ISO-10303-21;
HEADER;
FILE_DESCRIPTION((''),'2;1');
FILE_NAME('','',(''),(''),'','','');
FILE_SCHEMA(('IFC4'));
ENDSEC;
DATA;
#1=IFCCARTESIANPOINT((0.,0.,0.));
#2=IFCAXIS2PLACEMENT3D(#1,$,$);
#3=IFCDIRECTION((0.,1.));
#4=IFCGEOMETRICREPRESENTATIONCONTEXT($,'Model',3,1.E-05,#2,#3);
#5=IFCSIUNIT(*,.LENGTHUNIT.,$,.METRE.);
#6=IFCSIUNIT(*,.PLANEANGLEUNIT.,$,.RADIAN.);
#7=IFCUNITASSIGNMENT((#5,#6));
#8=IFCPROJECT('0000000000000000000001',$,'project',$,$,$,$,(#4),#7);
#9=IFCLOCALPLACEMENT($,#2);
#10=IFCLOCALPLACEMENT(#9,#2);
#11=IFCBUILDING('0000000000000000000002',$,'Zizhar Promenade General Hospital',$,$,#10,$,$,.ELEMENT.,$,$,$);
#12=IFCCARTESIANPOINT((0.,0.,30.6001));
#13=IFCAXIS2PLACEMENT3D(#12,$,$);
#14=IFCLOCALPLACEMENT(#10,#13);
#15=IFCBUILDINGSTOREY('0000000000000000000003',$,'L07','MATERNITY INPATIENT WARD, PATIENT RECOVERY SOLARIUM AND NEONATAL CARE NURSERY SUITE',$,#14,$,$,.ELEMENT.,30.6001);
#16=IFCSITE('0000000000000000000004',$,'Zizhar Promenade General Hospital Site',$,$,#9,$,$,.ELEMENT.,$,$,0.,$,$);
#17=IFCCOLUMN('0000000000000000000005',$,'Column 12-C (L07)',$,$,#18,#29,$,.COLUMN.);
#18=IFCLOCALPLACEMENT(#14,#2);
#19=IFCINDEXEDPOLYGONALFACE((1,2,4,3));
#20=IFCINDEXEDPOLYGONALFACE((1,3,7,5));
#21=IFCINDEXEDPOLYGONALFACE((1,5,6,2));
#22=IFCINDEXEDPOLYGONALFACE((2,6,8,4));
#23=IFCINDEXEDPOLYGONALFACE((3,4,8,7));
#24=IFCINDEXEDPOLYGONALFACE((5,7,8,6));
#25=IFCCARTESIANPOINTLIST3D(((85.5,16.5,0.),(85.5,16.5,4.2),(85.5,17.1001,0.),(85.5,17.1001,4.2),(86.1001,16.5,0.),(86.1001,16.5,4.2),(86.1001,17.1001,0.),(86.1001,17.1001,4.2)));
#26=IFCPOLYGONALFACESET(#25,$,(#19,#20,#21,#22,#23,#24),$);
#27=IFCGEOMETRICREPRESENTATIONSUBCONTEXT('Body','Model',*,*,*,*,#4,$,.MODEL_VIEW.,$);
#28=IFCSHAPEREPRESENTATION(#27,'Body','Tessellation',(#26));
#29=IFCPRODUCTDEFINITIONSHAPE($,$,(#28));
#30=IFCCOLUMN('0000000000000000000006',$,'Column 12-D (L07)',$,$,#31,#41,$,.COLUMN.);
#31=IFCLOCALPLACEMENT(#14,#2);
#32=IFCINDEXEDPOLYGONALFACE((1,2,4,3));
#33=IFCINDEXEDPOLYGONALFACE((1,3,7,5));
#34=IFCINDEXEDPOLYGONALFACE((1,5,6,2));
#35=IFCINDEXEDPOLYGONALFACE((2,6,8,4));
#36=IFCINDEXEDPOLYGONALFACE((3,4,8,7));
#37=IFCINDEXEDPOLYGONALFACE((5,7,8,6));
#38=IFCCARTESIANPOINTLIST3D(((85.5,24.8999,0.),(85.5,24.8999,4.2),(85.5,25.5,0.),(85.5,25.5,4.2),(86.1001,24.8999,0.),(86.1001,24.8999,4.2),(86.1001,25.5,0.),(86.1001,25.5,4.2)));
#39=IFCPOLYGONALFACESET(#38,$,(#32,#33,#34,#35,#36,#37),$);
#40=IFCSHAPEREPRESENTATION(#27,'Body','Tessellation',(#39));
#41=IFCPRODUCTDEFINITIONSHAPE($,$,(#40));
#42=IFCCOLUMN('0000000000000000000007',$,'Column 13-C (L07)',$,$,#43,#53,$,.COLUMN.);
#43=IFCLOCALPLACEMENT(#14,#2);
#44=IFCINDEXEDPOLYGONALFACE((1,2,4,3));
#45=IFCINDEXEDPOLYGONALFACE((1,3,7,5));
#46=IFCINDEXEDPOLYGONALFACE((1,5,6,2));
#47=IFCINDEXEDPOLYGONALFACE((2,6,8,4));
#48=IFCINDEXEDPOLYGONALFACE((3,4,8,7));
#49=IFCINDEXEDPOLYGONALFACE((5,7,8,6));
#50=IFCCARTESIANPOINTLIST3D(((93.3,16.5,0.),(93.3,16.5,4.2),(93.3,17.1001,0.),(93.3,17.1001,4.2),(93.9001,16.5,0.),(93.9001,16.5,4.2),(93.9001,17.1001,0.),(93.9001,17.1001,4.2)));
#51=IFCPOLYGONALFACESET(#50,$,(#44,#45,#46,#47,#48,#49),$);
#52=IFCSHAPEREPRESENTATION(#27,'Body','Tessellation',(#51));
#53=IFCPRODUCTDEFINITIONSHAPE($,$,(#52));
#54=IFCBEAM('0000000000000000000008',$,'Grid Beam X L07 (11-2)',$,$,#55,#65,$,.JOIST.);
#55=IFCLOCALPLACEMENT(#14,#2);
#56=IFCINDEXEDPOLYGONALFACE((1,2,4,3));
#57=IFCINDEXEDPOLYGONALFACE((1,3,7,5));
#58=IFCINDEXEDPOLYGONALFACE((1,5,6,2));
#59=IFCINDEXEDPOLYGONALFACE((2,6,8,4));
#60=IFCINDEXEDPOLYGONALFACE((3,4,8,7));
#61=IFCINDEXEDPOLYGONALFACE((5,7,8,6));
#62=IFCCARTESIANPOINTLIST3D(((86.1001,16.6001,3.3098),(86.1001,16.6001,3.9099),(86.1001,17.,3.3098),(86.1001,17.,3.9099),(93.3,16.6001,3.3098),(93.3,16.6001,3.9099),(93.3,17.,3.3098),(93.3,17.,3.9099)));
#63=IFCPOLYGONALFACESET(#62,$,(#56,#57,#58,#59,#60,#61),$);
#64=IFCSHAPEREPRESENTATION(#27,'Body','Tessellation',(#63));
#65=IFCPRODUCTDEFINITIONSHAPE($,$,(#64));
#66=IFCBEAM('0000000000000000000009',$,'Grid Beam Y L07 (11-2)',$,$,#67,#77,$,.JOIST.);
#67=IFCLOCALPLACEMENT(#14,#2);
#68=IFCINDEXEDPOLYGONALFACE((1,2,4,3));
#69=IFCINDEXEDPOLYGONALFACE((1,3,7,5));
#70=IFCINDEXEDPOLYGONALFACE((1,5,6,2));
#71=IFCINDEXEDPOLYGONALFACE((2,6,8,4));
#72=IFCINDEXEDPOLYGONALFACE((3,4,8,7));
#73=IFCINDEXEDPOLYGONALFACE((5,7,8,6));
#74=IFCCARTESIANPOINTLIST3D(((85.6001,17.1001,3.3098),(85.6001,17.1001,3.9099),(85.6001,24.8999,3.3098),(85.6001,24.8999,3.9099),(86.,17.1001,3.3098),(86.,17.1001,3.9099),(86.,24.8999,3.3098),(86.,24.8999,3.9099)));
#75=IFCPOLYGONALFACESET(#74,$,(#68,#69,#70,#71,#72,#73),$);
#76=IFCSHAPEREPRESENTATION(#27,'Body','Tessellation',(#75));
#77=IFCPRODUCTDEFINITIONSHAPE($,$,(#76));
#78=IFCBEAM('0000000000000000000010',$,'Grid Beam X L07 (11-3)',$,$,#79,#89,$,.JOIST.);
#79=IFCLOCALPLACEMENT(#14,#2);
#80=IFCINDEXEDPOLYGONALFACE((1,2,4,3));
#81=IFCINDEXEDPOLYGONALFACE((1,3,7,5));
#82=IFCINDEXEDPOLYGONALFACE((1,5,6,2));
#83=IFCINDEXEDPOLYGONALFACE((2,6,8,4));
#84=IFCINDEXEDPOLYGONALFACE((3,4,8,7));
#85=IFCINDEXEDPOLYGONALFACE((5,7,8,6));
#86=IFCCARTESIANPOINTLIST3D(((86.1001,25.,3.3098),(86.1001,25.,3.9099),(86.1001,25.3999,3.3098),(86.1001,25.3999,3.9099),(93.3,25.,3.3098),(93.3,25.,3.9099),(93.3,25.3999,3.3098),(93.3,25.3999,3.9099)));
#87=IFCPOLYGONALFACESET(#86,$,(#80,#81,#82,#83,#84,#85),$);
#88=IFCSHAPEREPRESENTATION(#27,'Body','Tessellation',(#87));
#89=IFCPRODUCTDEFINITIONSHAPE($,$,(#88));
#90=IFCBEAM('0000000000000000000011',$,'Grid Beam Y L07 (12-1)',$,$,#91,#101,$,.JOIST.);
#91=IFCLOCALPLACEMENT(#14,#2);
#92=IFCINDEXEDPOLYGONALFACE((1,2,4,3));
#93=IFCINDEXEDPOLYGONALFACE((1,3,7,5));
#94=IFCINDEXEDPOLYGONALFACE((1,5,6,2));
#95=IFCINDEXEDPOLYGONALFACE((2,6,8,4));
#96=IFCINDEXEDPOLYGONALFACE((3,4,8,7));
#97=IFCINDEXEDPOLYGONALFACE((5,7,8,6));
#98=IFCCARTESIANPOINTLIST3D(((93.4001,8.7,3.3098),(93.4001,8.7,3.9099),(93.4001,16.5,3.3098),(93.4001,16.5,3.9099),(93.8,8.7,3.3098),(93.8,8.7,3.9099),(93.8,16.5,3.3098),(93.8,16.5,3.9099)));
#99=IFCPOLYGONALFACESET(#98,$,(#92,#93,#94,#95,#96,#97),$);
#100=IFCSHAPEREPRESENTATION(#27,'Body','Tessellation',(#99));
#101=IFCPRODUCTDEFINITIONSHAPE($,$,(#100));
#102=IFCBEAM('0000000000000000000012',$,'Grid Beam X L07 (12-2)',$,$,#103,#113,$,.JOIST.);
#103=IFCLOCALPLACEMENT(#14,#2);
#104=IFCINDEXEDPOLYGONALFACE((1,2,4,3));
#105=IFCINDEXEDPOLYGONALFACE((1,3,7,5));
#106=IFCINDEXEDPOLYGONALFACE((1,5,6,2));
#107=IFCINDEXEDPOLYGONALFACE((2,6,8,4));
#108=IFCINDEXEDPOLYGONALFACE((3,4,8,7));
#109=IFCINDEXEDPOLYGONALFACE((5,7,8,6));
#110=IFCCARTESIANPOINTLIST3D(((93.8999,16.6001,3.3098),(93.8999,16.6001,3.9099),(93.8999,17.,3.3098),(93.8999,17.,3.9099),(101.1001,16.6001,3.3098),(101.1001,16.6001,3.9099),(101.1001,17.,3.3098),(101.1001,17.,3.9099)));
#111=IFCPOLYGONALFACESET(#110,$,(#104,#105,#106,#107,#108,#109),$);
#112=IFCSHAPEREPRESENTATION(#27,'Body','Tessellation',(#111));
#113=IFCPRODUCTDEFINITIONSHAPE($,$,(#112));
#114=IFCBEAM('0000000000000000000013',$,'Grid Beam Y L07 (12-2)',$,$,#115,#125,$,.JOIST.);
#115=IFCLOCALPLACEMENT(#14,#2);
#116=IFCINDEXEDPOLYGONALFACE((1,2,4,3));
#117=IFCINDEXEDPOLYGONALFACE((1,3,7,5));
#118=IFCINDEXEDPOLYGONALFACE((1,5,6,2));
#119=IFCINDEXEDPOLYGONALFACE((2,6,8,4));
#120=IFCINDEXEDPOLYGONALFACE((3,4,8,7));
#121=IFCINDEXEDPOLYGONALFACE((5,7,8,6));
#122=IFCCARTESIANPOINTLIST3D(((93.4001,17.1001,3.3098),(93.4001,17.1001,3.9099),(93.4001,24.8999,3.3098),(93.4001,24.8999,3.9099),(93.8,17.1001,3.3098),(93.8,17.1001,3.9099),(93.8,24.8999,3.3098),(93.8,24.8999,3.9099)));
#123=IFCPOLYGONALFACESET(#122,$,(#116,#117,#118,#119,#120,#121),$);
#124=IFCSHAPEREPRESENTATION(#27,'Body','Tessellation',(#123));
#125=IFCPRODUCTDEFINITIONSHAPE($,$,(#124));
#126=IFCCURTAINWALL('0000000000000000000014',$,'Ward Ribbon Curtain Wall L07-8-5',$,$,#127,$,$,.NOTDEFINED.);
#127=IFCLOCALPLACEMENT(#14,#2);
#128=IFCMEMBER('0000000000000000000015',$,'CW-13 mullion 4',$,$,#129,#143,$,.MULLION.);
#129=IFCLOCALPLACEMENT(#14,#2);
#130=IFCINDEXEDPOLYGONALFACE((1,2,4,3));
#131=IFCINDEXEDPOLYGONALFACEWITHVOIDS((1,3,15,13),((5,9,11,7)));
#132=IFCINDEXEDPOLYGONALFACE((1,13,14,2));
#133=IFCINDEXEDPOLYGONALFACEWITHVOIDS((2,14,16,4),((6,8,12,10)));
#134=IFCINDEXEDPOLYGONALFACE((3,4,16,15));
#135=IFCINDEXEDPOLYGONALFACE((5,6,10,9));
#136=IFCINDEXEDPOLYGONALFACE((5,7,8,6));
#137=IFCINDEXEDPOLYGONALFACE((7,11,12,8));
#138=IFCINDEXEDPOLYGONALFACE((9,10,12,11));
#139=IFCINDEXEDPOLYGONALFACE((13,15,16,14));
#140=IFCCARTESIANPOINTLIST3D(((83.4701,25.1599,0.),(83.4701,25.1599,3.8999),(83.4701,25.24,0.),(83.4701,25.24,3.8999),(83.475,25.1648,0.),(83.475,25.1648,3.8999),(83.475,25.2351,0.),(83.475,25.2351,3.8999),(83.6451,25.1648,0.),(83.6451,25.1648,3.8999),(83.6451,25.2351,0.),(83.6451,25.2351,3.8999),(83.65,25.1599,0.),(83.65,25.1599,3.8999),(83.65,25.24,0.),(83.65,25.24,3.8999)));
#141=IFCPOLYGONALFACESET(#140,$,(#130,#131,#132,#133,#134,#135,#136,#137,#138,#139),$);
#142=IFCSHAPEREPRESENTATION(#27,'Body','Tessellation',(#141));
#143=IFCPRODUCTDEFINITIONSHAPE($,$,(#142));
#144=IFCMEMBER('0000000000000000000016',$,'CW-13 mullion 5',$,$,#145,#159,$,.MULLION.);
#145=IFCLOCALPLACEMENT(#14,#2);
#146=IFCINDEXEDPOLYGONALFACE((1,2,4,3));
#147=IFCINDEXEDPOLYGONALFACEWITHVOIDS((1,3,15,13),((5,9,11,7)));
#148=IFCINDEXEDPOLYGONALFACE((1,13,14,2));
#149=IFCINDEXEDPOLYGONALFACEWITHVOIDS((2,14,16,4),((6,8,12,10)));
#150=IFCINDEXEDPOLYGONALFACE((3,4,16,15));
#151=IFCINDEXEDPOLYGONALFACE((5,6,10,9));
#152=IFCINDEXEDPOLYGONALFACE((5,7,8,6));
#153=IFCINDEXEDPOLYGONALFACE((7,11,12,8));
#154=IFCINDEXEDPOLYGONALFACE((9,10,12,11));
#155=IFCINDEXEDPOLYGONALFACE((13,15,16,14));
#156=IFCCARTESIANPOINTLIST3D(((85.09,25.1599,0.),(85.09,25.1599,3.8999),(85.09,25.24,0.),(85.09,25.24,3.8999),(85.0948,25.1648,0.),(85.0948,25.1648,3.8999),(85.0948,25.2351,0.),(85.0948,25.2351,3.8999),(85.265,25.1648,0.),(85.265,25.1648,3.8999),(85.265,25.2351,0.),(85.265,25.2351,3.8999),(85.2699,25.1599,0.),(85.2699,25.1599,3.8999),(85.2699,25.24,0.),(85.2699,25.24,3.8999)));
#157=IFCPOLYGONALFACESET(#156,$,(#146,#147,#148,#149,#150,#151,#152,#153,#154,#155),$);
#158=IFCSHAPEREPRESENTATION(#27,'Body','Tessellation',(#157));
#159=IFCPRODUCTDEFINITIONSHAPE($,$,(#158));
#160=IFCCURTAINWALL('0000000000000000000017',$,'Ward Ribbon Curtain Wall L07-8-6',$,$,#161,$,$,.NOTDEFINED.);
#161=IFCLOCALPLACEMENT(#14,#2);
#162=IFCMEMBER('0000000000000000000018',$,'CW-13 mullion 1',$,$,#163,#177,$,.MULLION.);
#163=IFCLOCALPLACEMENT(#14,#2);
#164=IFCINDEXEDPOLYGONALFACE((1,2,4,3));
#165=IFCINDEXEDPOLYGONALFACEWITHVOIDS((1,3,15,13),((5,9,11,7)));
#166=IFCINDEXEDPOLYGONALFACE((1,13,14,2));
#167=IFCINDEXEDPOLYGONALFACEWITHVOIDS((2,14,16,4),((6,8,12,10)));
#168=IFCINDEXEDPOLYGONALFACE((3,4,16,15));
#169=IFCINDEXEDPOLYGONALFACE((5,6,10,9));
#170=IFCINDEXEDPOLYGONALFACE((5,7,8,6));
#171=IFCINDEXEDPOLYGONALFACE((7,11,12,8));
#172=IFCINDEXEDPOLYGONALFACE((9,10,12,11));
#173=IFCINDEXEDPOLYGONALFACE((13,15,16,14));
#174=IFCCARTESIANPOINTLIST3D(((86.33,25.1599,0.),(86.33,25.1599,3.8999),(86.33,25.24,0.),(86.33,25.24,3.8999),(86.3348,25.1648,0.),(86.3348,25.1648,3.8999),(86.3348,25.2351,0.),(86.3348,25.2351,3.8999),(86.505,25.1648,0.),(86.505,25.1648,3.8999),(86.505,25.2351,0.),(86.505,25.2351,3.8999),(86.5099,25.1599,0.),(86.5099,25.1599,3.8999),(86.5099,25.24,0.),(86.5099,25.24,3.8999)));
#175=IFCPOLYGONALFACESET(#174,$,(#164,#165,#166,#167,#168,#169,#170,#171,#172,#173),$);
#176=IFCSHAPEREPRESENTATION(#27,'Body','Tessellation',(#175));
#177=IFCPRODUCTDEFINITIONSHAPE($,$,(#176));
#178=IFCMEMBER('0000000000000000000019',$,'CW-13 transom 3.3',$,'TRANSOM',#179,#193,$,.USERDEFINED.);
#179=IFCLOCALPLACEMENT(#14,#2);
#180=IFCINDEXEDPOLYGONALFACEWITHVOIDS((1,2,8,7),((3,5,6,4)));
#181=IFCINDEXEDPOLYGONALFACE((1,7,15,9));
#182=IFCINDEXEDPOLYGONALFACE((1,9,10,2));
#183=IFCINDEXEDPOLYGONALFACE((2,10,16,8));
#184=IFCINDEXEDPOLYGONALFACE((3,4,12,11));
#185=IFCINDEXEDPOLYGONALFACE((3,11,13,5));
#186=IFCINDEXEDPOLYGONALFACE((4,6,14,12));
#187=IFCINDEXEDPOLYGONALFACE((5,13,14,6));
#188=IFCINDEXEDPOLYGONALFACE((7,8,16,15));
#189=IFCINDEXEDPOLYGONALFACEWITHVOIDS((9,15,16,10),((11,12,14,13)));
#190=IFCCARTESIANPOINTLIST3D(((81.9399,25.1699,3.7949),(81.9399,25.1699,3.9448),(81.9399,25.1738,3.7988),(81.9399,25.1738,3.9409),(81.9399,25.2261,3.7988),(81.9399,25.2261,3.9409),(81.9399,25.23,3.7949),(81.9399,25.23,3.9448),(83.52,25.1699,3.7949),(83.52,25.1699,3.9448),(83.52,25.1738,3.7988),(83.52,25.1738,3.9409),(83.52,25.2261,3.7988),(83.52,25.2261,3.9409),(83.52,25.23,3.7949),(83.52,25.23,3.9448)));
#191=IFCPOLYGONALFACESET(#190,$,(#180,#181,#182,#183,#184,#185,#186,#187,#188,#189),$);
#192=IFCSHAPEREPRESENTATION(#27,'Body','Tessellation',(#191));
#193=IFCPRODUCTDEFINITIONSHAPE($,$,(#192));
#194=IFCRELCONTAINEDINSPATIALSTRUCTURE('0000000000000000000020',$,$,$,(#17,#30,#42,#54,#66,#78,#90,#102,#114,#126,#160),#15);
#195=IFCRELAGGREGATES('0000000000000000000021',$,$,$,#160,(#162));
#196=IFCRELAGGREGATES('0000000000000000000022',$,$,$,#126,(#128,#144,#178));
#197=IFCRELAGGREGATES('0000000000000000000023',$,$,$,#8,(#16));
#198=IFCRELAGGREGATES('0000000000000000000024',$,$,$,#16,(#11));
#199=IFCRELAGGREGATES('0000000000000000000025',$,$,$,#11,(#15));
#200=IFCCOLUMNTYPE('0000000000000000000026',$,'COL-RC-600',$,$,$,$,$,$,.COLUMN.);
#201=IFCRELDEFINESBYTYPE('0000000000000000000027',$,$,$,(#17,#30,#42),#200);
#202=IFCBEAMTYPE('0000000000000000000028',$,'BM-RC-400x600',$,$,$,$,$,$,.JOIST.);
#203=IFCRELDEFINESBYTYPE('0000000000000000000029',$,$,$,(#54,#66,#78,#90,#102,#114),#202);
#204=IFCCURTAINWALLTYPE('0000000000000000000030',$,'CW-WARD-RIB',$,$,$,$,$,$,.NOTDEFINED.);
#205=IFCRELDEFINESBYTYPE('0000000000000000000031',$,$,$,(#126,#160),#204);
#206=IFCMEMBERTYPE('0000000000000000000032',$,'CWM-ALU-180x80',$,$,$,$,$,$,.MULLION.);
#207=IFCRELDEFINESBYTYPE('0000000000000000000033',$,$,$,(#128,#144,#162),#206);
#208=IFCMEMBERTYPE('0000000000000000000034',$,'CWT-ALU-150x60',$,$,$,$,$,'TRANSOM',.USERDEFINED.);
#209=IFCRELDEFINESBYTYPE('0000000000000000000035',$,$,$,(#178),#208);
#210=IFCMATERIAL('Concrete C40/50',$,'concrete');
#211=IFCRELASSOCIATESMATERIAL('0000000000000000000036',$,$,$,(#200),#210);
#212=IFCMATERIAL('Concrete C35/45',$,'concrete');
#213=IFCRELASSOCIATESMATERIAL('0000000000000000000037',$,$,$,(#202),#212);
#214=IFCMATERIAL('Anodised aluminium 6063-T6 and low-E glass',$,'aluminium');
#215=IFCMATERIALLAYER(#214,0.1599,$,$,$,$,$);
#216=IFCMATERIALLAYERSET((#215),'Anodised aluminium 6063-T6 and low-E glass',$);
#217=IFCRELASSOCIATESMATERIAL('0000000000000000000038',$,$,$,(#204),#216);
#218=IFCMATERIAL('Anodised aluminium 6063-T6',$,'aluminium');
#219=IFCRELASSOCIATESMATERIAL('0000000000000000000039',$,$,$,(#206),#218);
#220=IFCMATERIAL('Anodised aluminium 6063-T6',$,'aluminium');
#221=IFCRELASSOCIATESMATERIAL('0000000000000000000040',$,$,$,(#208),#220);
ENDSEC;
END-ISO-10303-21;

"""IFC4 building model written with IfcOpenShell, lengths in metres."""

from ifc_helpers import new_model, si_unit, direction, frame, origin, origin_2d, place, context, subcontext, project, spatial, rectangle, hollow_rectangle, extrude, material, layer, layer_set, material_profile, profile_set, type_object, element, aggregate, save


model = new_model("IFC4")

# Units and contexts
model_context = context("Model", 3, precision=1e-05, world=origin(), true_north=direction((0.0, 1.0)))
body_context = subcontext(model_context, "Body", "Model", "MODEL_VIEW")
ifc_project = project(units=[si_unit("LENGTHUNIT", "METRE"), si_unit("PLANEANGLEUNIT", "RADIAN")], contexts=[model_context])

# Site, building, storey
site_placement = place(None, origin())
site = spatial("IfcSite", under=ifc_project, at=site_placement, Name="Zizhar Promenade General Hospital Site", CompositionType="ELEMENT", RefElevation=0.0)
building_placement = place(site_placement, origin())
building = spatial("IfcBuilding", under=site, at=building_placement, Name="Zizhar Promenade General Hospital", CompositionType="ELEMENT")
storey_placement = place(building_placement, frame((0.0, 0.0, 30.6001)))
storey = spatial("IfcBuildingStorey", under=building, at=storey_placement, Name="L07", Description="MATERNITY INPATIENT WARD, PATIENT RECOVERY SOLARIUM AND NEONATAL CARE NURSERY SUITE", CompositionType="ELEMENT", Elevation=30.6001)

# Columns
ifc_material_1 = material(Name="Concrete C40/50", Category="concrete")
ifc_material_profile_1 = material_profile(ifc_material_1, rectangle(XDim=0.6001, YDim=0.6001, at=origin_2d()))
ifc_profile_set_1 = profile_set([ifc_material_profile_1], Name="Concrete C40/50")
column_type = type_object("IfcColumnType", Name="COL-RC-600", PredefinedType="COLUMN", material=ifc_profile_set_1)
for number, where, z_axis, x_axis, name in (
    (1, (85.8, 16.8, 0.0), (0.0, 0.0, 1.0), (1.0, 0.0, 0.0), "Column 12-C (L07)"),
    (2, (85.8, 25.2, 0.0), (0.0, 0.0, 1.0), (1.0, 0.0, 0.0), "Column 12-D (L07)"),
    (3, (93.6001, 16.8, 0.0), (0.0, 0.0, 1.0), (1.0, 0.0, 0.0), "Column 13-C (L07)"),
):
    element("IfcColumn", number, at=place(storey_placement, frame(where, z_axis=z_axis, x_axis=x_axis)), inside=storey, type_object=column_type, Name=name, PredefinedType="COLUMN", context=body_context, shape_type="SweptSolid", body=[
        extrude(rectangle(XDim=0.6001, YDim=0.6001, at=origin_2d()), origin(), (0.0, 0.0, 1.0), 4.2),
    ])

# Beams
ifc_material_2 = material(Name="Concrete C35/45", Category="concrete")
ifc_material_profile_2 = material_profile(ifc_material_2, rectangle(XDim=0.3999, YDim=0.6001, at=origin_2d()))
ifc_profile_set_2 = profile_set([ifc_material_profile_2], Name="Concrete C35/45")
beam_type = type_object("IfcBeamType", Name="BM-RC-400x600", PredefinedType="JOIST", material=ifc_profile_set_2)
beam_1_placement = place(storey_placement, frame((86.1001, 16.8, 3.6099), z_axis=(1.0, 0.0, 0.0), x_axis=(0.0, 1.0, 0.0)))
element("IfcBeam", 4, at=beam_1_placement, inside=storey, type_object=beam_type, Name="Grid Beam X L07 (11-2)", PredefinedType="JOIST", context=body_context, shape_type="SweptSolid", body=[
    extrude(rectangle(XDim=0.3999, YDim=0.6001, at=origin_2d()), origin(), (0.0, 0.0, 1.0), 7.2),
])
beam_2_placement = place(storey_placement, frame((85.8, 17.1001, 3.6099), z_axis=(0.0, 1.0, 0.0), x_axis=(-1.0, 0.0, 0.0)))
element("IfcBeam", 5, at=beam_2_placement, inside=storey, type_object=beam_type, Name="Grid Beam Y L07 (11-2)", PredefinedType="JOIST", context=body_context, shape_type="SweptSolid", body=[
    extrude(rectangle(XDim=0.3999, YDim=0.6001, at=origin_2d()), origin(), (0.0, 0.0, 1.0), 7.7998),
])
beam_3_placement = place(storey_placement, frame((86.1001, 25.2, 3.6099), z_axis=(1.0, 0.0, 0.0), x_axis=(0.0, 1.0, 0.0)))
element("IfcBeam", 6, at=beam_3_placement, inside=storey, type_object=beam_type, Name="Grid Beam X L07 (11-3)", PredefinedType="JOIST", context=body_context, shape_type="SweptSolid", body=[
    extrude(rectangle(XDim=0.3999, YDim=0.6001, at=origin_2d()), origin(), (0.0, 0.0, 1.0), 7.2),
])
beam_4_placement = place(storey_placement, frame((93.6001, 8.7, 3.6099), z_axis=(0.0, 1.0, 0.0), x_axis=(-1.0, 0.0, 0.0)))
element("IfcBeam", 7, at=beam_4_placement, inside=storey, type_object=beam_type, Name="Grid Beam Y L07 (12-1)", PredefinedType="JOIST", context=body_context, shape_type="SweptSolid", body=[
    extrude(rectangle(XDim=0.3999, YDim=0.6001, at=origin_2d()), origin(), (0.0, 0.0, 1.0), 7.8),
])
beam_5_placement = place(storey_placement, frame((93.8999, 16.8, 3.6099), z_axis=(1.0, 0.0, 0.0), x_axis=(0.0, 1.0, 0.0)))
element("IfcBeam", 8, at=beam_5_placement, inside=storey, type_object=beam_type, Name="Grid Beam X L07 (12-2)", PredefinedType="JOIST", context=body_context, shape_type="SweptSolid", body=[
    extrude(rectangle(XDim=0.3999, YDim=0.6001, at=origin_2d()), origin(), (0.0, 0.0, 1.0), 7.2002),
])
beam_6_placement = place(storey_placement, frame((93.6001, 17.1001, 3.6099), z_axis=(0.0, 1.0, 0.0), x_axis=(-1.0, 0.0, 0.0)))
element("IfcBeam", 9, at=beam_6_placement, inside=storey, type_object=beam_type, Name="Grid Beam Y L07 (12-2)", PredefinedType="JOIST", context=body_context, shape_type="SweptSolid", body=[
    extrude(rectangle(XDim=0.3999, YDim=0.6001, at=origin_2d()), origin(), (0.0, 0.0, 1.0), 7.7998),
])

# Curtain wall, members
ifc_material_3 = material(Name="Anodised aluminium 6063-T6 and low-E glass", Category="aluminium")
ifc_layer_1 = layer(ifc_material_3, 0.1599)
ifc_layer_set_1 = layer_set([ifc_layer_1], Name="Anodised aluminium 6063-T6 and low-E glass")
curtain_wall_type = type_object("IfcCurtainWallType", Name="CW-WARD-RIB", PredefinedType="NOTDEFINED", material=ifc_layer_set_1)
curtain_wall_1_placement = place(storey_placement, origin())
curtain_wall_1 = element("IfcCurtainWall", 10, at=curtain_wall_1_placement, inside=storey, type_object=curtain_wall_type, Name="Ward Ribbon Curtain Wall L07-8-5", PredefinedType="NOTDEFINED")
ifc_material_4 = material(Name="Anodised aluminium 6063-T6", Category="aluminium")
ifc_material_profile_3 = material_profile(ifc_material_4, hollow_rectangle(XDim=0.0801, YDim=0.1799, WallThickness=0.0049, at=origin_2d()))
ifc_profile_set_3 = profile_set([ifc_material_profile_3], Name="Anodised aluminium 6063-T6")
member_type_1 = type_object("IfcMemberType", Name="CWM-ALU-180x80", PredefinedType="MULLION", material=ifc_profile_set_3)
member_1_placement = place(storey_placement, frame((83.5601, 25.2, 0.0), z_axis=(0.0, 0.0, 1.0), x_axis=(0.0, 1.0, 0.0)))
member_1 = element("IfcMember", 11, at=member_1_placement, type_object=member_type_1, Name="CW-13 mullion 4", PredefinedType="MULLION", context=body_context, shape_type="SweptSolid", body=[
    extrude(hollow_rectangle(XDim=0.0801, YDim=0.1799, WallThickness=0.0049, at=origin_2d()), origin(), (0.0, 0.0, 1.0), 3.8999),
])
member_2_placement = place(storey_placement, frame((85.1799, 25.2, 0.0), z_axis=(0.0, 0.0, 1.0), x_axis=(0.0, 1.0, 0.0)))
member_2 = element("IfcMember", 12, at=member_2_placement, type_object=member_type_1, Name="CW-13 mullion 5", PredefinedType="MULLION", context=body_context, shape_type="SweptSolid", body=[
    extrude(hollow_rectangle(XDim=0.0801, YDim=0.1799, WallThickness=0.0049, at=origin_2d()), origin(), (0.0, 0.0, 1.0), 3.8999),
])

# Curtain wall, member
curtain_wall_2_placement = place(storey_placement, origin())
curtain_wall_2 = element("IfcCurtainWall", 13, at=curtain_wall_2_placement, inside=storey, type_object=curtain_wall_type, Name="Ward Ribbon Curtain Wall L07-8-6", PredefinedType="NOTDEFINED")
member_3_placement = place(storey_placement, frame((86.4199, 25.2, 0.0), z_axis=(0.0, 0.0, 1.0), x_axis=(0.0, 1.0, 0.0)))
member_3 = element("IfcMember", 14, at=member_3_placement, type_object=member_type_1, Name="CW-13 mullion 1", PredefinedType="MULLION", context=body_context, shape_type="SweptSolid", body=[
    extrude(hollow_rectangle(XDim=0.0801, YDim=0.1799, WallThickness=0.0049, at=origin_2d()), origin(), (0.0, 0.0, 1.0), 3.8999),
])

# Member
ifc_material_5 = material(Name="Anodised aluminium 6063-T6", Category="aluminium")
ifc_material_profile_4 = material_profile(ifc_material_5, hollow_rectangle(XDim=0.0601, YDim=0.1499, WallThickness=0.0039, at=origin_2d()))
ifc_profile_set_4 = profile_set([ifc_material_profile_4], Name="Anodised aluminium 6063-T6")
member_type_2 = type_object("IfcMemberType", Name="CWT-ALU-150x60", ElementType="TRANSOM", PredefinedType="USERDEFINED", material=ifc_profile_set_4)
member_4_placement = place(storey_placement, frame((81.9399, 25.2, 3.8699), z_axis=(1.0, 0.0, 0.0), x_axis=(0.0, 1.0, 0.0)))
member_4 = element("IfcMember", 15, at=member_4_placement, type_object=member_type_2, Name="CW-13 transom 3.3", ObjectType="TRANSOM", PredefinedType="USERDEFINED", context=body_context, shape_type="SweptSolid", body=[
    extrude(hollow_rectangle(XDim=0.0601, YDim=0.1499, WallThickness=0.0039, at=origin_2d()), origin(), (0.0, 0.0, 1.0), 1.5801),
])
aggregate(curtain_wall_2, [member_3])

aggregate(curtain_wall_1, [member_1, member_2, member_4])

save(model, "model.ifc")
